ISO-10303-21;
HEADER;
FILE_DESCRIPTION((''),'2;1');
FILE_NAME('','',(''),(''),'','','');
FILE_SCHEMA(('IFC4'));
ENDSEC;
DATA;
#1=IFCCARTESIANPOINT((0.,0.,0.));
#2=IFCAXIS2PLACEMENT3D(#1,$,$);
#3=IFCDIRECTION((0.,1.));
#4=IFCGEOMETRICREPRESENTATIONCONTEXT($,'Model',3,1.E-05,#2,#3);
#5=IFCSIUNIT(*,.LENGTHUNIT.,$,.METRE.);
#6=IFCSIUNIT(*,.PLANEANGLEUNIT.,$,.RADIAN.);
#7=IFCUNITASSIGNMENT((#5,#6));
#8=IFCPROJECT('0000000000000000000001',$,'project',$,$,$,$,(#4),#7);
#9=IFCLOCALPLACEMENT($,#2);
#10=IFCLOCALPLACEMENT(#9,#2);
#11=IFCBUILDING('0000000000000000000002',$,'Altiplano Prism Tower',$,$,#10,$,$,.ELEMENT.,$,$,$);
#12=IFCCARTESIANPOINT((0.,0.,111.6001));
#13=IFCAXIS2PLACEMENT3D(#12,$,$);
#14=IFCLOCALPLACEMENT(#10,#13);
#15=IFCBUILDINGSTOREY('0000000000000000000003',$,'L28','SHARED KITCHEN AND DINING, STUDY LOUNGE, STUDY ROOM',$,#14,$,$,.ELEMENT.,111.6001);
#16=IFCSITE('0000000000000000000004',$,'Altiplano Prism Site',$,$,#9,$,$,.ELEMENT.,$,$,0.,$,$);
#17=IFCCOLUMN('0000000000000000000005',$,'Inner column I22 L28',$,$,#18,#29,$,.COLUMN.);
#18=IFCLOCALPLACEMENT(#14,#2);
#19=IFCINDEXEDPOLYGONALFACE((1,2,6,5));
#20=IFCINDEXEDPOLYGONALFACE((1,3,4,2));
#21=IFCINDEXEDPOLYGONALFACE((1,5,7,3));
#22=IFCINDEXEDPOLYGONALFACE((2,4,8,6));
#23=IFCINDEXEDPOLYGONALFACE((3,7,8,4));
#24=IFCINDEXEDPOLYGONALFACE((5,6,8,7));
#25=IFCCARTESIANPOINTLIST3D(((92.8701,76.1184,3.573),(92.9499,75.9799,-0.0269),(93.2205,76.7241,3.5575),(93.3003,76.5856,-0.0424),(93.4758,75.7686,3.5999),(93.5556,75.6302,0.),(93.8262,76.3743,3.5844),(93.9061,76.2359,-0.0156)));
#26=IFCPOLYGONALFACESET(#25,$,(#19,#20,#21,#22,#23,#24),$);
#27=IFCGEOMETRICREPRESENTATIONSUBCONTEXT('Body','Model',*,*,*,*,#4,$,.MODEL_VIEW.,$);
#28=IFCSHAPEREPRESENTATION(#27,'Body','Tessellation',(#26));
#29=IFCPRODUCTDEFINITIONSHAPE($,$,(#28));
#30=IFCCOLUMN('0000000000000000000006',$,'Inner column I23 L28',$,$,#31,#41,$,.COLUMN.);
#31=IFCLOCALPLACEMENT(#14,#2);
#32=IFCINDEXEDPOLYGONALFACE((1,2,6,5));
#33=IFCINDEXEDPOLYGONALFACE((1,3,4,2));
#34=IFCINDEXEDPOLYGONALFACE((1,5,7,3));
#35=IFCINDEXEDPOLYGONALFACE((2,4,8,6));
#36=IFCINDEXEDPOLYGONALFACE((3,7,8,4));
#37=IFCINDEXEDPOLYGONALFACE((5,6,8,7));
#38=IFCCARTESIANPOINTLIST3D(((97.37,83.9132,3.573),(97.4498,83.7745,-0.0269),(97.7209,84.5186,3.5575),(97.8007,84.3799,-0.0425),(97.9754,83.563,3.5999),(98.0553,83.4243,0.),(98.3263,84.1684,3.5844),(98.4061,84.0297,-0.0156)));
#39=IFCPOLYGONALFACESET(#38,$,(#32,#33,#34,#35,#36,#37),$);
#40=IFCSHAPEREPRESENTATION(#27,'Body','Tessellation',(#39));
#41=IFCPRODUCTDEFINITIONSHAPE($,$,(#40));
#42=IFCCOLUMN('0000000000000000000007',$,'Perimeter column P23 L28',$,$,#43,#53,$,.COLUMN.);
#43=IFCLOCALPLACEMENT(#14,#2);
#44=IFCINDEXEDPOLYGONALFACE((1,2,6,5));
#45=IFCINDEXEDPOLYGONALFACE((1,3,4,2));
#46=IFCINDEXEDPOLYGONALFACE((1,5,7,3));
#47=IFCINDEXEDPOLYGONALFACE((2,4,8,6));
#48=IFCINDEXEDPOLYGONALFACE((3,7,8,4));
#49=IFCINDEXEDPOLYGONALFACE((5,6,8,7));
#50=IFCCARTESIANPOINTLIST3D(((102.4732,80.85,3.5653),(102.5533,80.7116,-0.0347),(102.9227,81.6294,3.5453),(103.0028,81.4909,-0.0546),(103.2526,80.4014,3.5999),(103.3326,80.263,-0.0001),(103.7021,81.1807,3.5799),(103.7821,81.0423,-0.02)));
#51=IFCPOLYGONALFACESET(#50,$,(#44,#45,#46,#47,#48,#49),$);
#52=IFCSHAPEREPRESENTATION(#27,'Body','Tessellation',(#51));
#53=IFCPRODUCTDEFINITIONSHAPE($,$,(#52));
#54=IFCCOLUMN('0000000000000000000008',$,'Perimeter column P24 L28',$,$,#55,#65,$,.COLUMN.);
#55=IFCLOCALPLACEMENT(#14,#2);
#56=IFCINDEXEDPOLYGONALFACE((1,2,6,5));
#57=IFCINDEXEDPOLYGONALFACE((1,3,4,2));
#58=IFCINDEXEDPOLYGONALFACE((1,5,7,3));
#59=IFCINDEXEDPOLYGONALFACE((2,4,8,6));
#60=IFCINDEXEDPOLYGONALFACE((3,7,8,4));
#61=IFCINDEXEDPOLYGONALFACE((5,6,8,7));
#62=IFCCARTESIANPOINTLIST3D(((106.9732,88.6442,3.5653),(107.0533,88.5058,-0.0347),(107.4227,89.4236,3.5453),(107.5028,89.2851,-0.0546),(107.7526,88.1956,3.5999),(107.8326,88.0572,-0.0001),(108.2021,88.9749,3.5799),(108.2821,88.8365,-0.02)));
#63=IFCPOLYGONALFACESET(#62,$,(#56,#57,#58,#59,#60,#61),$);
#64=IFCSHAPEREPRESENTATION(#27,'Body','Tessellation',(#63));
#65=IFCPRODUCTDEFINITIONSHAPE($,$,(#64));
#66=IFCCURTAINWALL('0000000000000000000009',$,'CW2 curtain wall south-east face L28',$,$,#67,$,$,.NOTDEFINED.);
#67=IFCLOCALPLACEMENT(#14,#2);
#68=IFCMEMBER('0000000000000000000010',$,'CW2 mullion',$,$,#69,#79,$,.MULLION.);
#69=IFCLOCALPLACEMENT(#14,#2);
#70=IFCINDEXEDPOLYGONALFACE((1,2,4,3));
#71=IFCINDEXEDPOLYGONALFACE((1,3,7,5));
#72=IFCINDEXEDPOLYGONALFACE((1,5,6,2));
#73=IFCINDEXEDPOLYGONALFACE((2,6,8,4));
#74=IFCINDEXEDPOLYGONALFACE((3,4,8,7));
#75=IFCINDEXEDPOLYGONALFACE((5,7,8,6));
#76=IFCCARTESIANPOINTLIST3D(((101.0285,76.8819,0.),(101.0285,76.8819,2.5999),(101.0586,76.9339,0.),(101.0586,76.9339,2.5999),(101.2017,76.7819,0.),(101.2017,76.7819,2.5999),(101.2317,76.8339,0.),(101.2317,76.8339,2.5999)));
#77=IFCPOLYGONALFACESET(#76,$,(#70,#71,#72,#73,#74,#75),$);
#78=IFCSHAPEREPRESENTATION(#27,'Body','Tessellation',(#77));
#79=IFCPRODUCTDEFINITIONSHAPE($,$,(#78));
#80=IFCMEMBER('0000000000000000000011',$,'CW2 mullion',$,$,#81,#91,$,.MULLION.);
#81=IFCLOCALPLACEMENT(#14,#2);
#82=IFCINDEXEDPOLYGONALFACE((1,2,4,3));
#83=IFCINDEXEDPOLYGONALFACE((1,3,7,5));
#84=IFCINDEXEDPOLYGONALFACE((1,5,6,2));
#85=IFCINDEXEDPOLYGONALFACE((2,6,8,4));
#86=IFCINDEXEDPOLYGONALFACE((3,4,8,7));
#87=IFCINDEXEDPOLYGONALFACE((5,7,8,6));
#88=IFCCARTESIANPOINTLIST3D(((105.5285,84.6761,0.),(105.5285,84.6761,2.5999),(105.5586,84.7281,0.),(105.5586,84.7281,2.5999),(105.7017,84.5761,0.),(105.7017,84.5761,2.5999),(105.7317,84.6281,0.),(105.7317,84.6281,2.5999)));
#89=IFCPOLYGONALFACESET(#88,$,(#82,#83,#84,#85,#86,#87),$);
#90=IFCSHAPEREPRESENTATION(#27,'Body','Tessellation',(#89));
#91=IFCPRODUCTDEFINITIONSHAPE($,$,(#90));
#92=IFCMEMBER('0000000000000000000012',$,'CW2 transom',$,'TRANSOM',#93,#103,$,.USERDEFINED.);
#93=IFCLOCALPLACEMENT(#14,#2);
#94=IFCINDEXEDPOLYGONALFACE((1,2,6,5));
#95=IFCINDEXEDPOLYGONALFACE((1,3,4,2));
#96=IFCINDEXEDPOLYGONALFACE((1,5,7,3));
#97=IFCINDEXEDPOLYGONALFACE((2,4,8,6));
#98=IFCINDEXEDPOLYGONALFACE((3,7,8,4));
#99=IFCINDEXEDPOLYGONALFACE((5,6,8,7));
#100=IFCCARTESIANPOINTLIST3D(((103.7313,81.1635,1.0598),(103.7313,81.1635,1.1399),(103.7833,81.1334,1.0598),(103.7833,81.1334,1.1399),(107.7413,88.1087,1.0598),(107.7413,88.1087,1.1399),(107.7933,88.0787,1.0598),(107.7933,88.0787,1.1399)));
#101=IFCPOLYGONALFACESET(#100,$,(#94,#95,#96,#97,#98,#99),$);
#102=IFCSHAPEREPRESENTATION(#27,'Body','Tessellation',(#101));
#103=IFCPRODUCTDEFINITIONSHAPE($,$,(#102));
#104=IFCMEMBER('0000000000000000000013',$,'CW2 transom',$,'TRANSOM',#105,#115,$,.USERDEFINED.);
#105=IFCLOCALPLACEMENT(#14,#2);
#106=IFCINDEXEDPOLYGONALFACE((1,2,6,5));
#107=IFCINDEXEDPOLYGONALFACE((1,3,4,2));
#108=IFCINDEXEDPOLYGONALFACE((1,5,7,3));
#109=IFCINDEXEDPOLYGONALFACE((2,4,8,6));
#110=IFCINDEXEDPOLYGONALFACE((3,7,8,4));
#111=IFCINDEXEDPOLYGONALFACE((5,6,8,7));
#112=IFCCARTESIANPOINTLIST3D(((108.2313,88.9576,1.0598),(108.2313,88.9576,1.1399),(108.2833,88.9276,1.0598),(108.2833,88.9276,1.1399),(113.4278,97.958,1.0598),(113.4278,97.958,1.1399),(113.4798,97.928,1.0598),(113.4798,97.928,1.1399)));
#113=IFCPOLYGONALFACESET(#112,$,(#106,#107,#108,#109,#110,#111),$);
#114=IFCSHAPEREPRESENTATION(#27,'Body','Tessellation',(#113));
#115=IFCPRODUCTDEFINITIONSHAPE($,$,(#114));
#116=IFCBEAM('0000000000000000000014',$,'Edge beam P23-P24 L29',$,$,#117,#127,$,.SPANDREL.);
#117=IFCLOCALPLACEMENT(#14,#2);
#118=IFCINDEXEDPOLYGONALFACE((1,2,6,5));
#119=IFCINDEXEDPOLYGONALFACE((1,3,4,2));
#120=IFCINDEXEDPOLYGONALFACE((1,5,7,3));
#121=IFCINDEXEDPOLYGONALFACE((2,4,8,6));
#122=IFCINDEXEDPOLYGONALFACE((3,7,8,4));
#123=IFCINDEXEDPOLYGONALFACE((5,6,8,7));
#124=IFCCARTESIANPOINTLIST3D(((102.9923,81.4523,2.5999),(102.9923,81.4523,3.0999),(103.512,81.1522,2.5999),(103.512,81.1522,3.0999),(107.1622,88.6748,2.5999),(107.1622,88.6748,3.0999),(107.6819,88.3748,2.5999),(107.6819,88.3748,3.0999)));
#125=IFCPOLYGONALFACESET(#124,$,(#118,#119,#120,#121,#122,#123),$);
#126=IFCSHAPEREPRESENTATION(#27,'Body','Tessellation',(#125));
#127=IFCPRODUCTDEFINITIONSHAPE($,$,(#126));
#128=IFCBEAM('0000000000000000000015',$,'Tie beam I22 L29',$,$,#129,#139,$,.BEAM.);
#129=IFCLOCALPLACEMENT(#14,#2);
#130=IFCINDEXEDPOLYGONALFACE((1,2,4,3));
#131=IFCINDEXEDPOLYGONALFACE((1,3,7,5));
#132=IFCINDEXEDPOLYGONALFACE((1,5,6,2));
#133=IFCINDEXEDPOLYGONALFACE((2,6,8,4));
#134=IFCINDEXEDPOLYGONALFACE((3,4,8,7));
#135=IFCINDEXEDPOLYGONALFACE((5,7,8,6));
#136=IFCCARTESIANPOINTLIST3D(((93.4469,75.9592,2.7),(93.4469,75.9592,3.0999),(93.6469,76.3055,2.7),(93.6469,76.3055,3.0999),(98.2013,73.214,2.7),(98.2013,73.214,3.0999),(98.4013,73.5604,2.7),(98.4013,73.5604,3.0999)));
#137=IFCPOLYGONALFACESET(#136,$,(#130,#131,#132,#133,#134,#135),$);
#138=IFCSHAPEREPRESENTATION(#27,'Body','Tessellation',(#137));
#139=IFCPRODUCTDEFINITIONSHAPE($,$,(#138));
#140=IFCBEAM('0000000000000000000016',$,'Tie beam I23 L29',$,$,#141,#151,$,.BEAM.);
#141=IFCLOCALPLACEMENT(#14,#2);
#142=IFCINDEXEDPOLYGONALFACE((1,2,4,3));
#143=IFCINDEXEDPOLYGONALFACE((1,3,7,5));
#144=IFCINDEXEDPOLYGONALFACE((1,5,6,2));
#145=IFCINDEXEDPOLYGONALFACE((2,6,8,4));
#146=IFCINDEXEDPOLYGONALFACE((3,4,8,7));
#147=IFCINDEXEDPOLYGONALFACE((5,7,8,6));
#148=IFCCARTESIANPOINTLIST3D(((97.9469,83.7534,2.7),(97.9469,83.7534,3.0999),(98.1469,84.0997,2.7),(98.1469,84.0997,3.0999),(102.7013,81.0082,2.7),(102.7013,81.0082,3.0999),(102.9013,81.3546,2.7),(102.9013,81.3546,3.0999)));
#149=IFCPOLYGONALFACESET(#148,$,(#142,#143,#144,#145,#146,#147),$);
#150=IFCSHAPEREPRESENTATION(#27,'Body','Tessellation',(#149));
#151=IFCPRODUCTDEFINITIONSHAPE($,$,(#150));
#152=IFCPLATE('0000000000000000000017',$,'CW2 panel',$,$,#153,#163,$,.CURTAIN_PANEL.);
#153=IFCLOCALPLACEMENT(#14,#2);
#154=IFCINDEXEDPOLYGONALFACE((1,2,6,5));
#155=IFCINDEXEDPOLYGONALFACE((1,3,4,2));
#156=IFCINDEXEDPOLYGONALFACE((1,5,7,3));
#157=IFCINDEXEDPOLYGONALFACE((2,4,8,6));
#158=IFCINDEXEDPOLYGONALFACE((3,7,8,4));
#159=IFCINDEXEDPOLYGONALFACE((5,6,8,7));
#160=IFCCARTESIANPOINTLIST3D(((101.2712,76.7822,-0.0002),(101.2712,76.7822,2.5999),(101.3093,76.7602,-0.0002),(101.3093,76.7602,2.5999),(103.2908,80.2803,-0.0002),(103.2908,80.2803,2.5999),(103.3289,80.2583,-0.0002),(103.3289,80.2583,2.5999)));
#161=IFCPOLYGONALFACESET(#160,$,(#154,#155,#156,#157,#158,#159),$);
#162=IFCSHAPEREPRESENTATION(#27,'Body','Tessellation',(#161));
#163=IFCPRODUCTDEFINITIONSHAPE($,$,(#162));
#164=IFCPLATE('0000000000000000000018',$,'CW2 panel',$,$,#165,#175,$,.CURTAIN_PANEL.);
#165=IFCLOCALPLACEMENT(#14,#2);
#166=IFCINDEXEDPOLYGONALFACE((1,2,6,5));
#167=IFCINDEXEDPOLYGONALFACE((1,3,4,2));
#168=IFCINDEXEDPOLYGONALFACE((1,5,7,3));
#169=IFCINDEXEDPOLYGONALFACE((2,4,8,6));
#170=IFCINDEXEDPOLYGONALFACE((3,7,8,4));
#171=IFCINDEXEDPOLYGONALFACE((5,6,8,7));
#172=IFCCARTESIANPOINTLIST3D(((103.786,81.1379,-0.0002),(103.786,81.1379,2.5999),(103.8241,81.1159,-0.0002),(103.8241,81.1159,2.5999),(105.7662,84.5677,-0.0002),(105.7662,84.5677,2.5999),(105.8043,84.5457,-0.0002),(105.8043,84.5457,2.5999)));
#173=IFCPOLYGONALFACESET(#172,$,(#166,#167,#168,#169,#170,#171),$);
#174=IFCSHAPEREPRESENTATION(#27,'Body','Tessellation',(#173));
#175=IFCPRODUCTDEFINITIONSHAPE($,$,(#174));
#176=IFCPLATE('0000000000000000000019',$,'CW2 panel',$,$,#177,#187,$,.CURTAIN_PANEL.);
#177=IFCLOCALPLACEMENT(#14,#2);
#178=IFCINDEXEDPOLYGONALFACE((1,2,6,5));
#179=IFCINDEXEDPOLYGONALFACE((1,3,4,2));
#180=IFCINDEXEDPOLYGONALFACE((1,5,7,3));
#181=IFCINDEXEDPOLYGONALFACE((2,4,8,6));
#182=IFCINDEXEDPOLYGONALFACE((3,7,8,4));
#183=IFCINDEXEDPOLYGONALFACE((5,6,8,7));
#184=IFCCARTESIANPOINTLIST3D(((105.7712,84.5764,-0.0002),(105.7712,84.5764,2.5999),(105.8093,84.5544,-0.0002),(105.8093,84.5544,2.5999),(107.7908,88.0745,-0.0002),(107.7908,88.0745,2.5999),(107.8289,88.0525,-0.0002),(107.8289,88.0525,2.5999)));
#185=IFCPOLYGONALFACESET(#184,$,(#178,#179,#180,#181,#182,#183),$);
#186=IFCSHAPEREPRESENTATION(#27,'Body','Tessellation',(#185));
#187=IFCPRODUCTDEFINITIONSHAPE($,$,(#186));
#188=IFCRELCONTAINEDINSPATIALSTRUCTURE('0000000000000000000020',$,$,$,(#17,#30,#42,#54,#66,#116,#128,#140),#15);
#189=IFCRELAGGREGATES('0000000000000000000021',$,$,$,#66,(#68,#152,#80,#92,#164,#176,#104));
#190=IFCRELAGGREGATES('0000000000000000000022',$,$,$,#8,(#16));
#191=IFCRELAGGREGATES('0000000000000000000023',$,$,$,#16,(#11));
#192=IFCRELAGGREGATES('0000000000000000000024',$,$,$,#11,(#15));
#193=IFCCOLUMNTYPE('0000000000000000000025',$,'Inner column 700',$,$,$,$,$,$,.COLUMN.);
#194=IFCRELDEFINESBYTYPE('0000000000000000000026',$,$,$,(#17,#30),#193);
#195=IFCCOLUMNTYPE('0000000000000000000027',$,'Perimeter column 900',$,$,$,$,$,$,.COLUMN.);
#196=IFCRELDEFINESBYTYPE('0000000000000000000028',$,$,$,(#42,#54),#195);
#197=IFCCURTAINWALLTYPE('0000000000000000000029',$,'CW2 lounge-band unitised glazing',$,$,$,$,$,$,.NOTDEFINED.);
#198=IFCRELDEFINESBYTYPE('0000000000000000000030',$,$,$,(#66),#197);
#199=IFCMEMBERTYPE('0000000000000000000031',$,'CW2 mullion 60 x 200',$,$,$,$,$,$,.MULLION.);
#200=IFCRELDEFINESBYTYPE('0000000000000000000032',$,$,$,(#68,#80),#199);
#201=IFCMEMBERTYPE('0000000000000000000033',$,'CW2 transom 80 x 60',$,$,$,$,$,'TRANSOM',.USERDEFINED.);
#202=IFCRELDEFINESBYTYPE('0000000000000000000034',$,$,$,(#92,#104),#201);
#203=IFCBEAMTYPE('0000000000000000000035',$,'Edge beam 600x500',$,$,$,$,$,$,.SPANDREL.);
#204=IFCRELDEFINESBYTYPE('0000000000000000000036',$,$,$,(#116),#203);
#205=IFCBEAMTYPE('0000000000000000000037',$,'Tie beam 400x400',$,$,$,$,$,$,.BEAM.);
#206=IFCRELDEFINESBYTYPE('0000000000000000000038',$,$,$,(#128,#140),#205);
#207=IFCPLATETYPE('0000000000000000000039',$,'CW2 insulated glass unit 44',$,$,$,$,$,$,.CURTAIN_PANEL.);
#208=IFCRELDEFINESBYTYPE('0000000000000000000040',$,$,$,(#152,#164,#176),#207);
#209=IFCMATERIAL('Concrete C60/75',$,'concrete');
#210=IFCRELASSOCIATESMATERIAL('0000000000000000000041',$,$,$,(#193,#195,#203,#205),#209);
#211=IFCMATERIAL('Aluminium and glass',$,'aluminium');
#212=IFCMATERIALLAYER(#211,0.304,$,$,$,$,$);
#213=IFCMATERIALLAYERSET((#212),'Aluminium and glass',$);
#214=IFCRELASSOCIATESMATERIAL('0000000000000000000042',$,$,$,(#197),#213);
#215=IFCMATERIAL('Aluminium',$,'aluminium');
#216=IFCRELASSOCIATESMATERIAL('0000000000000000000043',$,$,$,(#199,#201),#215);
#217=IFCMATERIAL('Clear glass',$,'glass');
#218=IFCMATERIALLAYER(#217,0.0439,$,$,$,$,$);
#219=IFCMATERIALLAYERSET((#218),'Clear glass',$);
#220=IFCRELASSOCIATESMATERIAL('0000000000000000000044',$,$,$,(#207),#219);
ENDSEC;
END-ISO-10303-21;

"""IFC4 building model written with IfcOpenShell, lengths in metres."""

from ifc_helpers import new_model, si_unit, direction, frame, origin, origin_2d, place, context, subcontext, project, spatial, rectangle, extrude, material, layer, layer_set, material_profile, profile_set, type_object, element, aggregate, save


model = new_model("IFC4")

# Units and contexts
model_context = context("Model", 3, precision=1e-05, world=origin(), true_north=direction((0.0, 1.0)))
body_context = subcontext(model_context, "Body", "Model", "MODEL_VIEW")
ifc_project = project(units=[si_unit("LENGTHUNIT", "METRE"), si_unit("PLANEANGLEUNIT", "RADIAN")], contexts=[model_context])

# Site, building, storey
site_placement = place(None, origin())
site = spatial("IfcSite", under=ifc_project, at=site_placement, Name="Altiplano Prism Site", CompositionType="ELEMENT", RefElevation=0.0)
building_placement = place(site_placement, origin())
building = spatial("IfcBuilding", under=site, at=building_placement, Name="Altiplano Prism Tower", CompositionType="ELEMENT")
storey_placement = place(building_placement, frame((0.0, 0.0, 111.6001)))
storey = spatial("IfcBuildingStorey", under=building, at=storey_placement, Name="L28", Description="SHARED KITCHEN AND DINING, STUDY LOUNGE, STUDY ROOM", CompositionType="ELEMENT", Elevation=111.6001)

# Columns
ifc_material_1 = material(Name="Concrete C60/75", Category="concrete")
ifc_material_profile_1 = material_profile(ifc_material_1, rectangle(XDim=0.7, YDim=0.7, at=origin_2d()), Name="Inner column 700")
ifc_profile_set_1 = profile_set([ifc_material_profile_1], Name="Concrete C60/75")
column_type_1 = type_object("IfcColumnType", Name="Inner column 700", PredefinedType="COLUMN", material=ifc_profile_set_1)
for number, where, z_axis, x_axis, name in (
    (1, (93.428, 76.1079, -0.0212), (-0.022155, 0.038416, 0.999016), (-0.500653, -0.865364, 0.022173), "Inner column I22 L28"),
    (2, (97.928, 83.9021, -0.0212), (-0.022155, 0.038484, 0.999014), (-0.501318, -0.864978, 0.022203), "Inner column I23 L28"),
):
    element("IfcColumn", number, at=place(storey_placement, frame(where, z_axis=z_axis, x_axis=x_axis)), inside=storey, type_object=column_type_1, Name=name, PredefinedType="COLUMN", context=body_context, shape_type="SweptSolid", body=[
        extrude(rectangle(XDim=0.7, YDim=0.7, at=origin_2d()), origin(), (0.0, 0.0, 1.0), 3.6035),
    ])
ifc_material_profile_2 = material_profile(ifc_material_1, rectangle(XDim=0.8999, YDim=0.8999, at=origin_2d()), Name="Perimeter column 900")
ifc_profile_set_2 = profile_set([ifc_material_profile_2], Name="Concrete C60/75")
column_type_2 = type_object("IfcColumnType", Name="Perimeter column 900", PredefinedType="COLUMN", material=ifc_profile_set_2)
for number, where, z_axis, x_axis, name in (
    (3, (103.1677, 80.877, -0.0273), (-0.022223, 0.038416, 0.999015), (-0.499513, -0.866022, 0.02219), "Perimeter column P23 L28"),
    (4, (107.6677, 88.6711, -0.0273), (-0.022223, 0.038416, 0.999015), (-0.499513, -0.866022, 0.02219), "Perimeter column P24 L28"),
):
    element("IfcColumn", number, at=place(storey_placement, frame(where, z_axis=z_axis, x_axis=x_axis)), inside=storey, type_object=column_type_2, Name=name, PredefinedType="COLUMN", context=body_context, shape_type="SweptSolid", body=[
        extrude(rectangle(XDim=0.8999, YDim=0.8999, at=origin_2d()), origin(), (0.0, 0.0, 1.0), 3.6035),
    ])

# Curtain wall, members
ifc_material_2 = material(Name="Aluminium and glass", Category="aluminium")
ifc_layer_1 = layer(ifc_material_2, 0.304)
ifc_layer_set_1 = layer_set([ifc_layer_1], Name="Aluminium and glass")
curtain_wall_type = type_object("IfcCurtainWallType", Name="CW2 lounge-band unitised glazing", PredefinedType="NOTDEFINED", material=ifc_layer_set_1)
curtain_wall_placement = place(storey_placement, origin())
curtain_wall = element("IfcCurtainWall", 5, at=curtain_wall_placement, inside=storey, type_object=curtain_wall_type, Name="CW2 curtain wall south-east face L28", PredefinedType="NOTDEFINED")
ifc_material_3 = material(Name="Aluminium", Category="aluminium")
ifc_material_profile_3 = material_profile(ifc_material_3, rectangle(XDim=0.2, YDim=0.0601, at=origin_2d()), Name="CW2 mullion 60 x 200")
ifc_profile_set_3 = profile_set([ifc_material_profile_3], Name="Aluminium")
member_type_1 = type_object("IfcMemberType", Name="CW2 mullion 60 x 200", PredefinedType="MULLION", material=ifc_profile_set_3)
member_1_placement = place(storey_placement, frame((101.1301, 76.8579, 0.0), z_axis=(0.0, 0.0, 1.0), x_axis=(-0.866025, 0.5, 0.0)))
member_1 = element("IfcMember", 6, at=member_1_placement, type_object=member_type_1, Name="CW2 mullion", PredefinedType="MULLION", context=body_context, shape_type="SweptSolid", body=[
    extrude(rectangle(XDim=0.2, YDim=0.0601, at=origin_2d()), origin(), (0.0, 0.0, 1.0), 2.5999),
])
member_2_placement = place(storey_placement, frame((105.6301, 84.6521, 0.0), z_axis=(0.0, 0.0, 1.0), x_axis=(-0.866025, 0.5, 0.0)))
member_2 = element("IfcMember", 7, at=member_2_placement, type_object=member_type_1, Name="CW2 mullion", PredefinedType="MULLION", context=body_context, shape_type="SweptSolid", body=[
    extrude(rectangle(XDim=0.2, YDim=0.0601, at=origin_2d()), origin(), (0.0, 0.0, 1.0), 2.5999),
])
ifc_material_profile_4 = material_profile(ifc_material_3, rectangle(XDim=0.0601, YDim=0.0801, at=origin_2d()), Name="CW2 transom 80 x 60")
ifc_profile_set_4 = profile_set([ifc_material_profile_4], Name="Aluminium")
member_type_2 = type_object("IfcMemberType", Name="CW2 transom 80 x 60", ElementType="TRANSOM", PredefinedType="USERDEFINED", material=ifc_profile_set_4)
member_3_placement = place(storey_placement, frame((103.7573, 81.1484, 1.0999), z_axis=(0.500012, 0.866018, 0.0), x_axis=(-0.866018, 0.500012, 0.0)))
member_3 = element("IfcMember", 8, at=member_3_placement, type_object=member_type_2, Name="CW2 transom", ObjectType="TRANSOM", PredefinedType="USERDEFINED", context=body_context, shape_type="SweptSolid", body=[
    extrude(rectangle(XDim=0.0601, YDim=0.0801, at=origin_2d()), origin(), (0.0, 0.0, 1.0), 8.0198),
])
member_4_placement = place(storey_placement, frame((108.2573, 88.9426, 1.0999), z_axis=(0.500007, 0.866021, 0.0), x_axis=(-0.866021, 0.500007, 0.0)))
member_4 = element("IfcMember", 9, at=member_4_placement, type_object=member_type_2, Name="CW2 transom", ObjectType="TRANSOM", PredefinedType="USERDEFINED", context=body_context, shape_type="SweptSolid", body=[
    extrude(rectangle(XDim=0.0601, YDim=0.0801, at=origin_2d()), origin(), (0.0, 0.0, 1.0), 10.3928),
])

# Beams
ifc_material_profile_5 = material_profile(ifc_material_1, rectangle(XDim=0.6001, YDim=0.5, at=origin_2d()), Name="Edge beam 600x500")
ifc_profile_set_5 = profile_set([ifc_material_profile_5], Name="Concrete C60/75")
beam_type_1 = type_object("IfcBeamType", Name="Edge beam 600x500", PredefinedType="SPANDREL", material=ifc_profile_set_5)
beam_placement = place(storey_placement, frame((103.2522, 81.3022, 2.8499), z_axis=(0.499993, 0.86603, 0.0), x_axis=(-0.86603, 0.499993, 0.0)))
element("IfcBeam", 10, at=beam_placement, inside=storey, type_object=beam_type_1, Name="Edge beam P23-P24 L29", PredefinedType="SPANDREL", context=body_context, shape_type="SweptSolid", body=[
    extrude(rectangle(XDim=0.6001, YDim=0.5, at=origin_2d()), origin(), (0.0, 0.0, 1.0), 8.3398),
])
ifc_material_profile_6 = material_profile(ifc_material_1, rectangle(XDim=0.3999, YDim=0.3999, at=origin_2d()), Name="Tie beam 400x400")
ifc_profile_set_6 = profile_set([ifc_material_profile_6], Name="Concrete C60/75")
beam_type_2 = type_object("IfcBeamType", Name="Tie beam 400x400", PredefinedType="BEAM", material=ifc_profile_set_6)
for number, where, z_axis, x_axis, name in (
    (11, (93.5469, 76.1323, 2.8999), (0.866012, -0.500023, 0.0), (0.500023, 0.866012, 0.0), "Tie beam I22 L29"),
    (12, (98.0469, 83.9265, 2.8999), (0.866012, -0.500023, 0.0), (0.500023, 0.866012, 0.0), "Tie beam I23 L29"),
):
    element("IfcBeam", number, at=place(storey_placement, frame(where, z_axis=z_axis, x_axis=x_axis)), inside=storey, type_object=beam_type_2, Name=name, PredefinedType="BEAM", context=body_context, shape_type="SweptSolid", body=[
        extrude(rectangle(XDim=0.3999, YDim=0.3999, at=origin_2d()), origin(), (0.0, 0.0, 1.0), 5.49),
    ])

# Plates
ifc_material_4 = material(Name="Clear glass", Category="glass")
ifc_layer_2 = layer(ifc_material_4, 0.0439)
ifc_layer_set_2 = layer_set([ifc_layer_2], Name="Clear glass")
plate_type = type_object("IfcPlateType", Name="CW2 insulated glass unit 44", PredefinedType="CURTAIN_PANEL", material=ifc_layer_set_2)
plate_1_placement = place(storey_placement, frame((102.3, 78.5203, -0.0002), z_axis=(0.0, 0.0, 1.0), x_axis=(0.5, 0.866025, 0.0)))
plate_1 = element("IfcPlate", 13, at=plate_1_placement, type_object=plate_type, Name="CW2 panel", PredefinedType="CURTAIN_PANEL", context=body_context, shape_type="SweptSolid", body=[
    extrude(rectangle(XDim=4.0393, YDim=0.0439, at=origin_2d()), origin(), (0.0, 0.0, 1.0), 2.6001),
])
plate_2_placement = place(storey_placement, frame((104.7952, 82.8418, -0.0002), z_axis=(0.0, 0.0, 1.0), x_axis=(0.5, 0.866025, 0.0)))
plate_2 = element("IfcPlate", 14, at=plate_2_placement, type_object=plate_type, Name="CW2 panel", PredefinedType="CURTAIN_PANEL", context=body_context, shape_type="SweptSolid", body=[
    extrude(rectangle(XDim=3.9604, YDim=0.0439, at=origin_2d()), origin(), (0.0, 0.0, 1.0), 2.6001),
])
plate_3_placement = place(storey_placement, frame((106.8, 86.3145, -0.0002), z_axis=(0.0, 0.0, 1.0), x_axis=(0.5, 0.866025, 0.0)))
plate_3 = element("IfcPlate", 15, at=plate_3_placement, type_object=plate_type, Name="CW2 panel", PredefinedType="CURTAIN_PANEL", context=body_context, shape_type="SweptSolid", body=[
    extrude(rectangle(XDim=4.0393, YDim=0.0439, at=origin_2d()), origin(), (0.0, 0.0, 1.0), 2.6001),
])
aggregate(curtain_wall, [member_1, plate_1, member_2, member_3, plate_2, plate_3, member_4])

save(model, "model.ifc")
